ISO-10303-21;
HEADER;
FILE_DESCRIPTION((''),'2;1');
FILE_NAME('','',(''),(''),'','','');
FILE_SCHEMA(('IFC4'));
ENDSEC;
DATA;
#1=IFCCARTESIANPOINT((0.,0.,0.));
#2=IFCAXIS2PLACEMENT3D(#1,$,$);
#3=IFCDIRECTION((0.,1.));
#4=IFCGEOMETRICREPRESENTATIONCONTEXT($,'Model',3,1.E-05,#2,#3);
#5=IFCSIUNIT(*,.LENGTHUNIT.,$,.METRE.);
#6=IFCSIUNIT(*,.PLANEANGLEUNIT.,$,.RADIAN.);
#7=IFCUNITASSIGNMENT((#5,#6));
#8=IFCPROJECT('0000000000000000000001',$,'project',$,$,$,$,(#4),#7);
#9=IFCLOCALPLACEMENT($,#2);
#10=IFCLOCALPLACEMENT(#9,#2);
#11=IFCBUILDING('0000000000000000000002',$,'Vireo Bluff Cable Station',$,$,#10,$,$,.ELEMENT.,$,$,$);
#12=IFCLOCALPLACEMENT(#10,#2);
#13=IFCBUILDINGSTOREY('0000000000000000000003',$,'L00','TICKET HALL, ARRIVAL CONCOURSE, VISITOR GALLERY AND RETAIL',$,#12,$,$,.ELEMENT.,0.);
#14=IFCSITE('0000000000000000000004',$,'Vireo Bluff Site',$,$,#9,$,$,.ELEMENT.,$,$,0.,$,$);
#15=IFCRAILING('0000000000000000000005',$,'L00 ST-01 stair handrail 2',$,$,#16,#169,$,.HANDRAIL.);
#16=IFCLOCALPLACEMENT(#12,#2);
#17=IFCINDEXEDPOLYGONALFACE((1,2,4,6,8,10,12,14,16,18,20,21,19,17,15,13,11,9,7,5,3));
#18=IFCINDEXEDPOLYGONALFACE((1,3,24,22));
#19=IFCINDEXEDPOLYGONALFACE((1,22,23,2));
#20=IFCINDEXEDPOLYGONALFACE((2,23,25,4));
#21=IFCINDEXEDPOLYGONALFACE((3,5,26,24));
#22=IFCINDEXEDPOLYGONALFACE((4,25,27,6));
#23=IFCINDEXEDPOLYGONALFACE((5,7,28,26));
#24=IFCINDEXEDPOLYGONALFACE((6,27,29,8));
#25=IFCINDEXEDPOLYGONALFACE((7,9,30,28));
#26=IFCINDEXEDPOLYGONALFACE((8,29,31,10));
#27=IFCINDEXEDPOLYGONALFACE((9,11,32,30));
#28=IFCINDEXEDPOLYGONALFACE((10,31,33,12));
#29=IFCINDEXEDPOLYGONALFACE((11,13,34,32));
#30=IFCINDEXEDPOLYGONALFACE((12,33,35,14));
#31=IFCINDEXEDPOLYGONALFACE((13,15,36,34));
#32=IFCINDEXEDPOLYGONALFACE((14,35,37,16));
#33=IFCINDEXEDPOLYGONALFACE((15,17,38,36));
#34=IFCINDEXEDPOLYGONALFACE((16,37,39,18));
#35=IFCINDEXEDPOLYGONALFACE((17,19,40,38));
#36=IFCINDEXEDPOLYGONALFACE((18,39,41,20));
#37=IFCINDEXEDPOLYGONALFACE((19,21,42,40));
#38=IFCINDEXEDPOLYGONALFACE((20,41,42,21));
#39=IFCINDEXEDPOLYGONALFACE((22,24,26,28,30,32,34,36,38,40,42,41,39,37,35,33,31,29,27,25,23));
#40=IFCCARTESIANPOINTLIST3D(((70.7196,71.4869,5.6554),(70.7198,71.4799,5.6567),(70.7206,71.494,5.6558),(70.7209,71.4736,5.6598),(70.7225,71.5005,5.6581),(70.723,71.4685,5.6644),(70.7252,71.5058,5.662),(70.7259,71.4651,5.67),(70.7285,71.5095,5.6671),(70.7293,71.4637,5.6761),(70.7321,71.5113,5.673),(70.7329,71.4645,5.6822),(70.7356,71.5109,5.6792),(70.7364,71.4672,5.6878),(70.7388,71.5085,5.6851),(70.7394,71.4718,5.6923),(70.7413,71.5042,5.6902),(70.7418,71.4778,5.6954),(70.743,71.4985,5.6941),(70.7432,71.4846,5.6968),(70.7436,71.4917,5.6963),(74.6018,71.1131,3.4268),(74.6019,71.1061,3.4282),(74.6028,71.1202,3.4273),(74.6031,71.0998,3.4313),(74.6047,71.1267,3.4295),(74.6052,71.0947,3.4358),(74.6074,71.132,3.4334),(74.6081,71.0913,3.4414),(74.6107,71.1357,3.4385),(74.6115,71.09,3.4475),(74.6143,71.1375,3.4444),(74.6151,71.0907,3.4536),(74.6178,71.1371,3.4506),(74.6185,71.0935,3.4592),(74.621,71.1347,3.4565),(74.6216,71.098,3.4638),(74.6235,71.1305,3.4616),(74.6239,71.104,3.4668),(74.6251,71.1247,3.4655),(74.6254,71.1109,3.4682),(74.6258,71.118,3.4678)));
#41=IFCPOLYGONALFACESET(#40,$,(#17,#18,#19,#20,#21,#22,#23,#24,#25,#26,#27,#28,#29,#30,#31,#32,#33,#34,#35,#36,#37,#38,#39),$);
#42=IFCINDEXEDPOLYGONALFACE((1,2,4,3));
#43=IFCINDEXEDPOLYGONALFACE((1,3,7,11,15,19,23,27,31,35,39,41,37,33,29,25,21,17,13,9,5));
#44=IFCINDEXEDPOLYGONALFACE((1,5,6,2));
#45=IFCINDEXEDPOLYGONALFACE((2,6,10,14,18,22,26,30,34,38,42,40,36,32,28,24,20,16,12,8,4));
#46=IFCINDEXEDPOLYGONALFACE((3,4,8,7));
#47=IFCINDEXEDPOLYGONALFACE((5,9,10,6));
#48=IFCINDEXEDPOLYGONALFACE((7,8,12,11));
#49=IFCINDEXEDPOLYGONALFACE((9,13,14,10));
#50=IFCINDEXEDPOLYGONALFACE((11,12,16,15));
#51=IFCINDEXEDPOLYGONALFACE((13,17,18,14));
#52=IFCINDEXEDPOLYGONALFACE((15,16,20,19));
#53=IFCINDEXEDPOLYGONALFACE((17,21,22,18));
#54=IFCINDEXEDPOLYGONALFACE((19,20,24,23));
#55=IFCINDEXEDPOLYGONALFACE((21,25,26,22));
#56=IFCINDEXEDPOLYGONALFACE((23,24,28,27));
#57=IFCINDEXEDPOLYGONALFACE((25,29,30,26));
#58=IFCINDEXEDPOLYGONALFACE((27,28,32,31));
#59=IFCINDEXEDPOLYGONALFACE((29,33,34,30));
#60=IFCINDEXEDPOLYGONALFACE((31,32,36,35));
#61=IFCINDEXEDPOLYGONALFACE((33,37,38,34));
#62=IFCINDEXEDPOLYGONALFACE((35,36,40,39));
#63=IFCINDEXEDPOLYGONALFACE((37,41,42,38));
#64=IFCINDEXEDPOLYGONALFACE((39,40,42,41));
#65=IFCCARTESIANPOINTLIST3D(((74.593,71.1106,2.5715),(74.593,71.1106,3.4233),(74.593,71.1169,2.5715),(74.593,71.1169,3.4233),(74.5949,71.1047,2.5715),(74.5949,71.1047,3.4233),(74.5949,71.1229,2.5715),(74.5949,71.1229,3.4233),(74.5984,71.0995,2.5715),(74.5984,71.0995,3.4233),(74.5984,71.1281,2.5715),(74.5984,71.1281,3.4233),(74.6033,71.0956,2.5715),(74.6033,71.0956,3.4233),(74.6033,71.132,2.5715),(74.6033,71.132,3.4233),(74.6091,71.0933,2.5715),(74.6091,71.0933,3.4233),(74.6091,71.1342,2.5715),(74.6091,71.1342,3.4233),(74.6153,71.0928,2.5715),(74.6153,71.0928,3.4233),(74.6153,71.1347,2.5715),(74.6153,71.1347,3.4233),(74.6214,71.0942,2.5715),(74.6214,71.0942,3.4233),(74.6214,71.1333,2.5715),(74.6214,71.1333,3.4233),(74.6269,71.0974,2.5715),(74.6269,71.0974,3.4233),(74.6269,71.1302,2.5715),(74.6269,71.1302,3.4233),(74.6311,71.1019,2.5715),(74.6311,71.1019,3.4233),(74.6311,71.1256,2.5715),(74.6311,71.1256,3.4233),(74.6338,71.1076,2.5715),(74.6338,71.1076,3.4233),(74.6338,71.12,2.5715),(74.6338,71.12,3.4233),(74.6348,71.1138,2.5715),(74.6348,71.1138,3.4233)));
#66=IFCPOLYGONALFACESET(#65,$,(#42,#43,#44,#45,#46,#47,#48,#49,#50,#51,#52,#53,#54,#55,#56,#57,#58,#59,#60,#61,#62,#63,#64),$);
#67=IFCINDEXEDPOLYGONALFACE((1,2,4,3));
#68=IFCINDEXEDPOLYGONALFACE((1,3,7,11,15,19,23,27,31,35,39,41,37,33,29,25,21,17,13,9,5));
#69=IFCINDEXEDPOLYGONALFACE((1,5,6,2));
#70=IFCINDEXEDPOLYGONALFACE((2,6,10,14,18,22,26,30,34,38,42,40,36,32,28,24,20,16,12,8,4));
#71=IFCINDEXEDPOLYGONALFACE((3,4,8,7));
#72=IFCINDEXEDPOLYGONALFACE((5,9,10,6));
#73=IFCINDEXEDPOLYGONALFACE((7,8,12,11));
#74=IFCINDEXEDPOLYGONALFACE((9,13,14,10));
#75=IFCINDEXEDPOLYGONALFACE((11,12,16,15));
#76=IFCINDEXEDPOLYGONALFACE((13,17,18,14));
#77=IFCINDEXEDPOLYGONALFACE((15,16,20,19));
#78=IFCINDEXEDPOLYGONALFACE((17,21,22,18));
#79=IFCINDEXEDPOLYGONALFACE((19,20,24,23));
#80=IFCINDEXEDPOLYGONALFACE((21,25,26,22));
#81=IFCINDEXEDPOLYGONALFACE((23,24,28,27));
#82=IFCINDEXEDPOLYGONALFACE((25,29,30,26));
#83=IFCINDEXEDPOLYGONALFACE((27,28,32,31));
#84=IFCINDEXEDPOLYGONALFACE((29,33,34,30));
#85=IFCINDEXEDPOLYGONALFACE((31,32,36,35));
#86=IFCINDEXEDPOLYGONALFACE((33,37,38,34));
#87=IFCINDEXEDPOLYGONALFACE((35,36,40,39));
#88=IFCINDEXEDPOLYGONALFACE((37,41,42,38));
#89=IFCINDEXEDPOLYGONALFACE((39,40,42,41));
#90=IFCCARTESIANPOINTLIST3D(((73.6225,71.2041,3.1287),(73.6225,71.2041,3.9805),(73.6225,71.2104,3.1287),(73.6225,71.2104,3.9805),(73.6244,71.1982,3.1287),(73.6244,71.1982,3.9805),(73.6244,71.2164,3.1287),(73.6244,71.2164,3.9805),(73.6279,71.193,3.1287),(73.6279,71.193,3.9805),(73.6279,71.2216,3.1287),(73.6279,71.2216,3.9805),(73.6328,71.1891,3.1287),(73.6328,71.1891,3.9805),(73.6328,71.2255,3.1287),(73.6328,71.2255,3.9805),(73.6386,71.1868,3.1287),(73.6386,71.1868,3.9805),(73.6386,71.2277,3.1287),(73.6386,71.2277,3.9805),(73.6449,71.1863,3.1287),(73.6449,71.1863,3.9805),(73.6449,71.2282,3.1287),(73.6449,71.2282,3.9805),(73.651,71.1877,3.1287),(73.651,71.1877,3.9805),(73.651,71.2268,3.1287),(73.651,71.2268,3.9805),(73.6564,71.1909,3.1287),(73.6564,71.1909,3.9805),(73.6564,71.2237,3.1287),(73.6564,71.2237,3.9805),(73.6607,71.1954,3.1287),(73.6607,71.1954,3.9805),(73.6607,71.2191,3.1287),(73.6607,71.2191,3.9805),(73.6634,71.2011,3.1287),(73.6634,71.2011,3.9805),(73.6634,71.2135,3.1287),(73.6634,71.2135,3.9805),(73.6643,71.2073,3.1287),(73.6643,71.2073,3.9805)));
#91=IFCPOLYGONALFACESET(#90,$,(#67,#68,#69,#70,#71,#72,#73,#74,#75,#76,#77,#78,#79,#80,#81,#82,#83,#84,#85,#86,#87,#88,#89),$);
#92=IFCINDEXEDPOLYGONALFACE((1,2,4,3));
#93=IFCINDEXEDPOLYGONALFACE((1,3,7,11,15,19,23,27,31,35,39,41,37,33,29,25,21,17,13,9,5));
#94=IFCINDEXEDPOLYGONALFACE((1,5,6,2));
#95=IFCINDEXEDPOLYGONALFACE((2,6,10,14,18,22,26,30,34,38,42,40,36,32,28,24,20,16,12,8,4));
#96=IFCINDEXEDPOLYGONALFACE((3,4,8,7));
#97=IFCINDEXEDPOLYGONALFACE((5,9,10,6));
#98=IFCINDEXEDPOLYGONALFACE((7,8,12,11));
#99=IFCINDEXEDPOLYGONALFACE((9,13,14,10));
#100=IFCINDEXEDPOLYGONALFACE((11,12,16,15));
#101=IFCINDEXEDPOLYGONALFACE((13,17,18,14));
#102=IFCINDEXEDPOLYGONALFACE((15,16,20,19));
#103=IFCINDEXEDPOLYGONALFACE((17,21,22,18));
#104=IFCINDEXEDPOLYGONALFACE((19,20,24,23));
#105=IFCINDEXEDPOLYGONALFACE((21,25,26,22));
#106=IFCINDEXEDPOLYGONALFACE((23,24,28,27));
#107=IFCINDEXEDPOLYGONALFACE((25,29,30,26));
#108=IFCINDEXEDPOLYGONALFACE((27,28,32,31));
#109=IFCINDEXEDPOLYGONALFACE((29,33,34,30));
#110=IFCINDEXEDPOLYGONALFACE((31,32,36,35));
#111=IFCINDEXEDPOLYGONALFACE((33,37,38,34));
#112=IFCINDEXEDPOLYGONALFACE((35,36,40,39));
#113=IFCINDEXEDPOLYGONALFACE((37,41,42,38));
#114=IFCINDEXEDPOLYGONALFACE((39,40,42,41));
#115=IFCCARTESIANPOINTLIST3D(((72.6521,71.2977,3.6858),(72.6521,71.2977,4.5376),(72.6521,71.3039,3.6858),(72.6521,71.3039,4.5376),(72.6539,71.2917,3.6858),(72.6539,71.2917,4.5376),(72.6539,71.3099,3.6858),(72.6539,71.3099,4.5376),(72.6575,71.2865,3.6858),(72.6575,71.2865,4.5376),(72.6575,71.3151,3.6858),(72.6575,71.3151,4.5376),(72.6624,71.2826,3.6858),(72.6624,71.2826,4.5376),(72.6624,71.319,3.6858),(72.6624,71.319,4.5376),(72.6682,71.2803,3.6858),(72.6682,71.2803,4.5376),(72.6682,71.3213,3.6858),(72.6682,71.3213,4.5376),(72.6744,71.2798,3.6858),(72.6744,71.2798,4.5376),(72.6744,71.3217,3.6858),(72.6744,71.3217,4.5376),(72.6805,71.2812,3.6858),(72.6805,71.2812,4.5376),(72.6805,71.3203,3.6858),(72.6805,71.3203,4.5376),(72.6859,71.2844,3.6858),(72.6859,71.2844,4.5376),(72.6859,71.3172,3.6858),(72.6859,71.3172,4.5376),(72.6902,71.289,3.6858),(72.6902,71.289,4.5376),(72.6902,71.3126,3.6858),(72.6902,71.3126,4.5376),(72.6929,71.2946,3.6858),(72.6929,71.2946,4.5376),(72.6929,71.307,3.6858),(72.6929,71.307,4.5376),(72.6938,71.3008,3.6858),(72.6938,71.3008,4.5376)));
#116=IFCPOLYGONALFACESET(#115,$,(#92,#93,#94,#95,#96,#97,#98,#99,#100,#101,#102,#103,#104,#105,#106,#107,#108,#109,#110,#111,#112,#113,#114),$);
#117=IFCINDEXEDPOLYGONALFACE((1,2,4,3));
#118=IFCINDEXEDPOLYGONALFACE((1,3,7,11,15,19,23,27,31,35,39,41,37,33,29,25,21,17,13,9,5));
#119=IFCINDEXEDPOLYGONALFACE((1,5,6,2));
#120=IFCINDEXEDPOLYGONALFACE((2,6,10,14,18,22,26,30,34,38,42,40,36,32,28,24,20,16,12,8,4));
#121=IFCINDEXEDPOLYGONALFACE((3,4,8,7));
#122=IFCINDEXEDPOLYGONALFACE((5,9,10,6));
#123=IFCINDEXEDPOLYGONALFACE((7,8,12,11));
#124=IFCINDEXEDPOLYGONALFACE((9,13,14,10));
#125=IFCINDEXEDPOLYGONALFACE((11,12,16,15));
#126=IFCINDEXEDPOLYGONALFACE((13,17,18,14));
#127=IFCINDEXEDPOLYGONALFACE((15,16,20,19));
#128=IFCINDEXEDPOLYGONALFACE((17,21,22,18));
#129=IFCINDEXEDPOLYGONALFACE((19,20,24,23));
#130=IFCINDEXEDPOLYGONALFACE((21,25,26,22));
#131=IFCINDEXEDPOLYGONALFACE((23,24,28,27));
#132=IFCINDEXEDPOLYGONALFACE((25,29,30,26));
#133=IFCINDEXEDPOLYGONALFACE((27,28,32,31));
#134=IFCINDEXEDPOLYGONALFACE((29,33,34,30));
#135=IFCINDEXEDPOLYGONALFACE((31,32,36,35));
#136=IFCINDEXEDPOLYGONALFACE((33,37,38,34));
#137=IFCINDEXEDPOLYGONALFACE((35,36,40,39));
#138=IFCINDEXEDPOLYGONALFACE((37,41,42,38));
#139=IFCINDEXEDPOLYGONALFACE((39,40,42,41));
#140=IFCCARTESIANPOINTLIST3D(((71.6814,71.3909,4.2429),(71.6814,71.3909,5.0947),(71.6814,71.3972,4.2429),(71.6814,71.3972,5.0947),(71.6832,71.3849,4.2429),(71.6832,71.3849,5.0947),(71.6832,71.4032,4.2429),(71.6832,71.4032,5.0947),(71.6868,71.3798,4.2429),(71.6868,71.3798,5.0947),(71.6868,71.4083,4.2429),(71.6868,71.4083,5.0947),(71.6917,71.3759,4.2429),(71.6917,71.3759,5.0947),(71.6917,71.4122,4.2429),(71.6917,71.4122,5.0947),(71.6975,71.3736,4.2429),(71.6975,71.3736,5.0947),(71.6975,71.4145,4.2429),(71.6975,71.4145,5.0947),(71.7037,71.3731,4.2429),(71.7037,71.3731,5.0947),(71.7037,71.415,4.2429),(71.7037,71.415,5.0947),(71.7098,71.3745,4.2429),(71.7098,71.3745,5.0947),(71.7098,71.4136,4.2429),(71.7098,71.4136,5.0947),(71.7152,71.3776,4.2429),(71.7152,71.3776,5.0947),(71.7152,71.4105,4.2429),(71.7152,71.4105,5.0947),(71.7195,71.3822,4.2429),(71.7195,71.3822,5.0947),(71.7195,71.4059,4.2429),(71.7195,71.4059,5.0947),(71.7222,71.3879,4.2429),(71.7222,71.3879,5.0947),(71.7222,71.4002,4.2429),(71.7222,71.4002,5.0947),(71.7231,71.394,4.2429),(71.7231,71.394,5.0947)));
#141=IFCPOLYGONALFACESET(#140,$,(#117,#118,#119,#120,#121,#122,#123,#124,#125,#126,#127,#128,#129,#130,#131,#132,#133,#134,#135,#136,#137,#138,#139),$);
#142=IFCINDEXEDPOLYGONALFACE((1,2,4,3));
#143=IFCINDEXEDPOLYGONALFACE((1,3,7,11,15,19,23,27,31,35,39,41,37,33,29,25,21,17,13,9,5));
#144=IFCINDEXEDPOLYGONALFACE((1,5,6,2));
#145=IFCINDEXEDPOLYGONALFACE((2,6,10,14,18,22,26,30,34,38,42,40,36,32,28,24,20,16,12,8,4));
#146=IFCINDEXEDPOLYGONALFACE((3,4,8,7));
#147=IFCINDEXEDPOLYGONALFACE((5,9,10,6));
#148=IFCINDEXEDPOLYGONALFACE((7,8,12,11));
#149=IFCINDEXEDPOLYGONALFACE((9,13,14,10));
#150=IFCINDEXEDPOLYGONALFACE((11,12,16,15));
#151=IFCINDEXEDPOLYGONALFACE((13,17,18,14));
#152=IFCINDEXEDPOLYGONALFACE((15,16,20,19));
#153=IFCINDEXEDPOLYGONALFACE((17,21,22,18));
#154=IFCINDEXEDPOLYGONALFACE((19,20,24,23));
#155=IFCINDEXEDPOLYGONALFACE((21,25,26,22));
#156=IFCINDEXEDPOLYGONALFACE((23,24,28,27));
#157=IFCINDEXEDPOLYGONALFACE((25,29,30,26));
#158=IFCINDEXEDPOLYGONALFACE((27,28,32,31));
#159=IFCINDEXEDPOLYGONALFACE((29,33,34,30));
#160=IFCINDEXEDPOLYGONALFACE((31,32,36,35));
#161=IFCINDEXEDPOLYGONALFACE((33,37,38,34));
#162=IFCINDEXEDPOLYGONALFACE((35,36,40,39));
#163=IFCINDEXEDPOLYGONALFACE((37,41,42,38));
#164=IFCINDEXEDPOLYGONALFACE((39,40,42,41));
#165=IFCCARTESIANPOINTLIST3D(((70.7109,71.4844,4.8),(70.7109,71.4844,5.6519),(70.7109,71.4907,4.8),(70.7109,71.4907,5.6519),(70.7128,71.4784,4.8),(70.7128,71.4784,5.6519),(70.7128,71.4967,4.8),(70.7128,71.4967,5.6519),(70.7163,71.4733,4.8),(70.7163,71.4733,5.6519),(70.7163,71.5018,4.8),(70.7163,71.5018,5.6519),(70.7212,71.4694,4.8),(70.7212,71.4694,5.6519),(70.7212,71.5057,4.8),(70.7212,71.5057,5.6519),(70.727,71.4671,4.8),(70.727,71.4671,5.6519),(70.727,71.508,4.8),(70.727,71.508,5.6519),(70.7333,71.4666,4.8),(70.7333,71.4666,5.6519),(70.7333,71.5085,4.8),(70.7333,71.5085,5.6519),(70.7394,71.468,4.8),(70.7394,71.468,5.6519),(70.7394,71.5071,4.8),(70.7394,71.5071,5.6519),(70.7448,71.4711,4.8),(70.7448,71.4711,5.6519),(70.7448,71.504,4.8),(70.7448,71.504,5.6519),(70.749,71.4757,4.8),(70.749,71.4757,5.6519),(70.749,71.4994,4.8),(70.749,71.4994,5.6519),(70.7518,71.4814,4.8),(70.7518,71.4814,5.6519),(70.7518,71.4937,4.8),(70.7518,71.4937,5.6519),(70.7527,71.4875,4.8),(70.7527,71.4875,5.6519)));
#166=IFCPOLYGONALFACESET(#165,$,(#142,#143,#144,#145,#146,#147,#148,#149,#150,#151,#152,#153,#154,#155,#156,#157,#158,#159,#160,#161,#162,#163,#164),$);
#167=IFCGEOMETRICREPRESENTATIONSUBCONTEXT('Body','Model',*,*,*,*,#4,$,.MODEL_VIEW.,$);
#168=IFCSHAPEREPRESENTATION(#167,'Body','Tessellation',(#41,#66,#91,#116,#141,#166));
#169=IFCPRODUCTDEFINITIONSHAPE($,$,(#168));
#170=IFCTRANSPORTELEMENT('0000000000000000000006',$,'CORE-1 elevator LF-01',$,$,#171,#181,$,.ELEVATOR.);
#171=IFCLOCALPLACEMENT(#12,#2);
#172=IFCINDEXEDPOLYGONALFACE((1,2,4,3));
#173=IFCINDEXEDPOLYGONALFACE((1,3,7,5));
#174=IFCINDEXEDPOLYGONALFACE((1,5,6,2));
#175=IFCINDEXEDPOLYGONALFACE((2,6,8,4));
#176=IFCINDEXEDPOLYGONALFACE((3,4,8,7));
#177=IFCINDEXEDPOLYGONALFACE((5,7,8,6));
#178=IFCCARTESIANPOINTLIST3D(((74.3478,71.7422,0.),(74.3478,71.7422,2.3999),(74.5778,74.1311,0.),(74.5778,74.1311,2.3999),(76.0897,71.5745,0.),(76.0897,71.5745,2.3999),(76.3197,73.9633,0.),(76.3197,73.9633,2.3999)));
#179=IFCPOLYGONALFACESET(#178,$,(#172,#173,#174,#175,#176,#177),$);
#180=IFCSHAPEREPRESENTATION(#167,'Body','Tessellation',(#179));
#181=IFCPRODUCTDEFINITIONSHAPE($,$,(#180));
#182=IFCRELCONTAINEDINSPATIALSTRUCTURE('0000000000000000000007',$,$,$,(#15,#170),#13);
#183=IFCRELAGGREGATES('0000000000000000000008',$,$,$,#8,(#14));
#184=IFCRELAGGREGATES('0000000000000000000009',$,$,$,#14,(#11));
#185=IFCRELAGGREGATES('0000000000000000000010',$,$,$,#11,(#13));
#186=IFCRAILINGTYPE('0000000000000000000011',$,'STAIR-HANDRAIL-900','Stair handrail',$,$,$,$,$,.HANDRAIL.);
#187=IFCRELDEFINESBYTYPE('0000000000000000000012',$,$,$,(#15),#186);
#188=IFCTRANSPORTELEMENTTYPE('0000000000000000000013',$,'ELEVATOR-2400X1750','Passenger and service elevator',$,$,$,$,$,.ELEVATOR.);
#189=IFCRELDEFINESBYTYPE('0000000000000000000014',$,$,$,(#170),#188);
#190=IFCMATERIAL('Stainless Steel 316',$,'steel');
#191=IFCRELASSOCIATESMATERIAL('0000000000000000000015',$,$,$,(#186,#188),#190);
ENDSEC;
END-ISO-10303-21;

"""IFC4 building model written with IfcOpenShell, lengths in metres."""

from ifc_helpers import new_model, si_unit, direction, frame, origin, origin_2d, place, context, subcontext, project, spatial, rectangle, circle, extrude, material, type_object, element, save


model = new_model("IFC4")

# Units and contexts
model_context = context("Model", 3, precision=1e-05, world=origin(), true_north=direction((0.0, 1.0)))
body_context = subcontext(model_context, "Body", "Model", "MODEL_VIEW")
ifc_project = project(units=[si_unit("LENGTHUNIT", "METRE"), si_unit("PLANEANGLEUNIT", "RADIAN")], contexts=[model_context])

# Site, building, storey
site_placement = place(None, origin())
site = spatial("IfcSite", under=ifc_project, at=site_placement, Name="Vireo Bluff Site", CompositionType="ELEMENT", RefElevation=0.0)
building_placement = place(site_placement, origin())
building = spatial("IfcBuilding", under=site, at=building_placement, Name="Vireo Bluff Cable Station", CompositionType="ELEMENT")
storey_placement = place(building_placement, origin())
storey = spatial("IfcBuildingStorey", under=building, at=storey_placement, Name="L00", Description="TICKET HALL, ARRIVAL CONCOURSE, VISITOR GALLERY AND RETAIL", CompositionType="ELEMENT", Elevation=0.0)

# Shared definitions
ifc_material_1 = material(Name="Stainless Steel 316", Category="steel")

# Railing
railing_type_1 = type_object("IfcRailingType", Name="STAIR-HANDRAIL-900", Description="Stair handrail", PredefinedType="HANDRAIL", material=ifc_material_1)
railing_1_placement = place(storey_placement, frame((74.6138, 71.1138, 2.5715)))
element("IfcRailing", 1, at=railing_1_placement, inside=storey, type_object=railing_type_1, Name="L00 ST-01 stair handrail 2", PredefinedType="HANDRAIL", context=body_context, shape_type="SweptSolid", body=[
    extrude(circle(Radius=0.0239, at=origin_2d()), frame((0.0, 0.0, 0.876), z_axis=(-0.864254, 0.083213, 0.496126), x_axis=(-0.09584, -0.995397, 0.0)), (0.0, 0.0, 1.0), 4.4919),
    extrude(circle(Radius=0.021, at=origin_2d()), origin(), (0.0, 0.0, 1.0), 0.8518),
    extrude(circle(Radius=0.021, at=origin_2d()), frame((-0.9705, 0.0935, 0.5571)), (0.0, 0.0, 1.0), 0.8518),
    extrude(circle(Radius=0.021, at=origin_2d()), frame((-1.9409, 0.187, 1.1143)), (0.0, 0.0, 1.0), 0.8518),
    extrude(circle(Radius=0.021, at=origin_2d()), frame((-2.9116, 0.2803, 1.6714)), (0.0, 0.0, 1.0), 0.8518),
    extrude(circle(Radius=0.021, at=origin_2d()), frame((-3.8821, 0.3738, 2.2285)), (0.0, 0.0, 1.0), 0.8518),
])

# Transport element
transport_element_type = type_object("IfcTransportElementType", Name="ELEVATOR-2400X1750", Description="Passenger and service elevator", PredefinedType="ELEVATOR", material=ifc_material_1)
transport_element_placement = place(storey_placement, frame((75.3337, 72.8528, 0.0), z_axis=(0.0, 0.0, 1.0), x_axis=(0.995396, -0.095846, 0.0)))
element("IfcTransportElement", 2, at=transport_element_placement, inside=storey, type_object=transport_element_type, Name="CORE-1 elevator LF-01", PredefinedType="ELEVATOR", context=body_context, shape_type="SweptSolid", body=[
    extrude(rectangle(XDim=1.75, YDim=2.3999, at=origin_2d()), origin(), (0.0, 0.0, 1.0), 2.3999),
])

save(model, "model.ifc")
